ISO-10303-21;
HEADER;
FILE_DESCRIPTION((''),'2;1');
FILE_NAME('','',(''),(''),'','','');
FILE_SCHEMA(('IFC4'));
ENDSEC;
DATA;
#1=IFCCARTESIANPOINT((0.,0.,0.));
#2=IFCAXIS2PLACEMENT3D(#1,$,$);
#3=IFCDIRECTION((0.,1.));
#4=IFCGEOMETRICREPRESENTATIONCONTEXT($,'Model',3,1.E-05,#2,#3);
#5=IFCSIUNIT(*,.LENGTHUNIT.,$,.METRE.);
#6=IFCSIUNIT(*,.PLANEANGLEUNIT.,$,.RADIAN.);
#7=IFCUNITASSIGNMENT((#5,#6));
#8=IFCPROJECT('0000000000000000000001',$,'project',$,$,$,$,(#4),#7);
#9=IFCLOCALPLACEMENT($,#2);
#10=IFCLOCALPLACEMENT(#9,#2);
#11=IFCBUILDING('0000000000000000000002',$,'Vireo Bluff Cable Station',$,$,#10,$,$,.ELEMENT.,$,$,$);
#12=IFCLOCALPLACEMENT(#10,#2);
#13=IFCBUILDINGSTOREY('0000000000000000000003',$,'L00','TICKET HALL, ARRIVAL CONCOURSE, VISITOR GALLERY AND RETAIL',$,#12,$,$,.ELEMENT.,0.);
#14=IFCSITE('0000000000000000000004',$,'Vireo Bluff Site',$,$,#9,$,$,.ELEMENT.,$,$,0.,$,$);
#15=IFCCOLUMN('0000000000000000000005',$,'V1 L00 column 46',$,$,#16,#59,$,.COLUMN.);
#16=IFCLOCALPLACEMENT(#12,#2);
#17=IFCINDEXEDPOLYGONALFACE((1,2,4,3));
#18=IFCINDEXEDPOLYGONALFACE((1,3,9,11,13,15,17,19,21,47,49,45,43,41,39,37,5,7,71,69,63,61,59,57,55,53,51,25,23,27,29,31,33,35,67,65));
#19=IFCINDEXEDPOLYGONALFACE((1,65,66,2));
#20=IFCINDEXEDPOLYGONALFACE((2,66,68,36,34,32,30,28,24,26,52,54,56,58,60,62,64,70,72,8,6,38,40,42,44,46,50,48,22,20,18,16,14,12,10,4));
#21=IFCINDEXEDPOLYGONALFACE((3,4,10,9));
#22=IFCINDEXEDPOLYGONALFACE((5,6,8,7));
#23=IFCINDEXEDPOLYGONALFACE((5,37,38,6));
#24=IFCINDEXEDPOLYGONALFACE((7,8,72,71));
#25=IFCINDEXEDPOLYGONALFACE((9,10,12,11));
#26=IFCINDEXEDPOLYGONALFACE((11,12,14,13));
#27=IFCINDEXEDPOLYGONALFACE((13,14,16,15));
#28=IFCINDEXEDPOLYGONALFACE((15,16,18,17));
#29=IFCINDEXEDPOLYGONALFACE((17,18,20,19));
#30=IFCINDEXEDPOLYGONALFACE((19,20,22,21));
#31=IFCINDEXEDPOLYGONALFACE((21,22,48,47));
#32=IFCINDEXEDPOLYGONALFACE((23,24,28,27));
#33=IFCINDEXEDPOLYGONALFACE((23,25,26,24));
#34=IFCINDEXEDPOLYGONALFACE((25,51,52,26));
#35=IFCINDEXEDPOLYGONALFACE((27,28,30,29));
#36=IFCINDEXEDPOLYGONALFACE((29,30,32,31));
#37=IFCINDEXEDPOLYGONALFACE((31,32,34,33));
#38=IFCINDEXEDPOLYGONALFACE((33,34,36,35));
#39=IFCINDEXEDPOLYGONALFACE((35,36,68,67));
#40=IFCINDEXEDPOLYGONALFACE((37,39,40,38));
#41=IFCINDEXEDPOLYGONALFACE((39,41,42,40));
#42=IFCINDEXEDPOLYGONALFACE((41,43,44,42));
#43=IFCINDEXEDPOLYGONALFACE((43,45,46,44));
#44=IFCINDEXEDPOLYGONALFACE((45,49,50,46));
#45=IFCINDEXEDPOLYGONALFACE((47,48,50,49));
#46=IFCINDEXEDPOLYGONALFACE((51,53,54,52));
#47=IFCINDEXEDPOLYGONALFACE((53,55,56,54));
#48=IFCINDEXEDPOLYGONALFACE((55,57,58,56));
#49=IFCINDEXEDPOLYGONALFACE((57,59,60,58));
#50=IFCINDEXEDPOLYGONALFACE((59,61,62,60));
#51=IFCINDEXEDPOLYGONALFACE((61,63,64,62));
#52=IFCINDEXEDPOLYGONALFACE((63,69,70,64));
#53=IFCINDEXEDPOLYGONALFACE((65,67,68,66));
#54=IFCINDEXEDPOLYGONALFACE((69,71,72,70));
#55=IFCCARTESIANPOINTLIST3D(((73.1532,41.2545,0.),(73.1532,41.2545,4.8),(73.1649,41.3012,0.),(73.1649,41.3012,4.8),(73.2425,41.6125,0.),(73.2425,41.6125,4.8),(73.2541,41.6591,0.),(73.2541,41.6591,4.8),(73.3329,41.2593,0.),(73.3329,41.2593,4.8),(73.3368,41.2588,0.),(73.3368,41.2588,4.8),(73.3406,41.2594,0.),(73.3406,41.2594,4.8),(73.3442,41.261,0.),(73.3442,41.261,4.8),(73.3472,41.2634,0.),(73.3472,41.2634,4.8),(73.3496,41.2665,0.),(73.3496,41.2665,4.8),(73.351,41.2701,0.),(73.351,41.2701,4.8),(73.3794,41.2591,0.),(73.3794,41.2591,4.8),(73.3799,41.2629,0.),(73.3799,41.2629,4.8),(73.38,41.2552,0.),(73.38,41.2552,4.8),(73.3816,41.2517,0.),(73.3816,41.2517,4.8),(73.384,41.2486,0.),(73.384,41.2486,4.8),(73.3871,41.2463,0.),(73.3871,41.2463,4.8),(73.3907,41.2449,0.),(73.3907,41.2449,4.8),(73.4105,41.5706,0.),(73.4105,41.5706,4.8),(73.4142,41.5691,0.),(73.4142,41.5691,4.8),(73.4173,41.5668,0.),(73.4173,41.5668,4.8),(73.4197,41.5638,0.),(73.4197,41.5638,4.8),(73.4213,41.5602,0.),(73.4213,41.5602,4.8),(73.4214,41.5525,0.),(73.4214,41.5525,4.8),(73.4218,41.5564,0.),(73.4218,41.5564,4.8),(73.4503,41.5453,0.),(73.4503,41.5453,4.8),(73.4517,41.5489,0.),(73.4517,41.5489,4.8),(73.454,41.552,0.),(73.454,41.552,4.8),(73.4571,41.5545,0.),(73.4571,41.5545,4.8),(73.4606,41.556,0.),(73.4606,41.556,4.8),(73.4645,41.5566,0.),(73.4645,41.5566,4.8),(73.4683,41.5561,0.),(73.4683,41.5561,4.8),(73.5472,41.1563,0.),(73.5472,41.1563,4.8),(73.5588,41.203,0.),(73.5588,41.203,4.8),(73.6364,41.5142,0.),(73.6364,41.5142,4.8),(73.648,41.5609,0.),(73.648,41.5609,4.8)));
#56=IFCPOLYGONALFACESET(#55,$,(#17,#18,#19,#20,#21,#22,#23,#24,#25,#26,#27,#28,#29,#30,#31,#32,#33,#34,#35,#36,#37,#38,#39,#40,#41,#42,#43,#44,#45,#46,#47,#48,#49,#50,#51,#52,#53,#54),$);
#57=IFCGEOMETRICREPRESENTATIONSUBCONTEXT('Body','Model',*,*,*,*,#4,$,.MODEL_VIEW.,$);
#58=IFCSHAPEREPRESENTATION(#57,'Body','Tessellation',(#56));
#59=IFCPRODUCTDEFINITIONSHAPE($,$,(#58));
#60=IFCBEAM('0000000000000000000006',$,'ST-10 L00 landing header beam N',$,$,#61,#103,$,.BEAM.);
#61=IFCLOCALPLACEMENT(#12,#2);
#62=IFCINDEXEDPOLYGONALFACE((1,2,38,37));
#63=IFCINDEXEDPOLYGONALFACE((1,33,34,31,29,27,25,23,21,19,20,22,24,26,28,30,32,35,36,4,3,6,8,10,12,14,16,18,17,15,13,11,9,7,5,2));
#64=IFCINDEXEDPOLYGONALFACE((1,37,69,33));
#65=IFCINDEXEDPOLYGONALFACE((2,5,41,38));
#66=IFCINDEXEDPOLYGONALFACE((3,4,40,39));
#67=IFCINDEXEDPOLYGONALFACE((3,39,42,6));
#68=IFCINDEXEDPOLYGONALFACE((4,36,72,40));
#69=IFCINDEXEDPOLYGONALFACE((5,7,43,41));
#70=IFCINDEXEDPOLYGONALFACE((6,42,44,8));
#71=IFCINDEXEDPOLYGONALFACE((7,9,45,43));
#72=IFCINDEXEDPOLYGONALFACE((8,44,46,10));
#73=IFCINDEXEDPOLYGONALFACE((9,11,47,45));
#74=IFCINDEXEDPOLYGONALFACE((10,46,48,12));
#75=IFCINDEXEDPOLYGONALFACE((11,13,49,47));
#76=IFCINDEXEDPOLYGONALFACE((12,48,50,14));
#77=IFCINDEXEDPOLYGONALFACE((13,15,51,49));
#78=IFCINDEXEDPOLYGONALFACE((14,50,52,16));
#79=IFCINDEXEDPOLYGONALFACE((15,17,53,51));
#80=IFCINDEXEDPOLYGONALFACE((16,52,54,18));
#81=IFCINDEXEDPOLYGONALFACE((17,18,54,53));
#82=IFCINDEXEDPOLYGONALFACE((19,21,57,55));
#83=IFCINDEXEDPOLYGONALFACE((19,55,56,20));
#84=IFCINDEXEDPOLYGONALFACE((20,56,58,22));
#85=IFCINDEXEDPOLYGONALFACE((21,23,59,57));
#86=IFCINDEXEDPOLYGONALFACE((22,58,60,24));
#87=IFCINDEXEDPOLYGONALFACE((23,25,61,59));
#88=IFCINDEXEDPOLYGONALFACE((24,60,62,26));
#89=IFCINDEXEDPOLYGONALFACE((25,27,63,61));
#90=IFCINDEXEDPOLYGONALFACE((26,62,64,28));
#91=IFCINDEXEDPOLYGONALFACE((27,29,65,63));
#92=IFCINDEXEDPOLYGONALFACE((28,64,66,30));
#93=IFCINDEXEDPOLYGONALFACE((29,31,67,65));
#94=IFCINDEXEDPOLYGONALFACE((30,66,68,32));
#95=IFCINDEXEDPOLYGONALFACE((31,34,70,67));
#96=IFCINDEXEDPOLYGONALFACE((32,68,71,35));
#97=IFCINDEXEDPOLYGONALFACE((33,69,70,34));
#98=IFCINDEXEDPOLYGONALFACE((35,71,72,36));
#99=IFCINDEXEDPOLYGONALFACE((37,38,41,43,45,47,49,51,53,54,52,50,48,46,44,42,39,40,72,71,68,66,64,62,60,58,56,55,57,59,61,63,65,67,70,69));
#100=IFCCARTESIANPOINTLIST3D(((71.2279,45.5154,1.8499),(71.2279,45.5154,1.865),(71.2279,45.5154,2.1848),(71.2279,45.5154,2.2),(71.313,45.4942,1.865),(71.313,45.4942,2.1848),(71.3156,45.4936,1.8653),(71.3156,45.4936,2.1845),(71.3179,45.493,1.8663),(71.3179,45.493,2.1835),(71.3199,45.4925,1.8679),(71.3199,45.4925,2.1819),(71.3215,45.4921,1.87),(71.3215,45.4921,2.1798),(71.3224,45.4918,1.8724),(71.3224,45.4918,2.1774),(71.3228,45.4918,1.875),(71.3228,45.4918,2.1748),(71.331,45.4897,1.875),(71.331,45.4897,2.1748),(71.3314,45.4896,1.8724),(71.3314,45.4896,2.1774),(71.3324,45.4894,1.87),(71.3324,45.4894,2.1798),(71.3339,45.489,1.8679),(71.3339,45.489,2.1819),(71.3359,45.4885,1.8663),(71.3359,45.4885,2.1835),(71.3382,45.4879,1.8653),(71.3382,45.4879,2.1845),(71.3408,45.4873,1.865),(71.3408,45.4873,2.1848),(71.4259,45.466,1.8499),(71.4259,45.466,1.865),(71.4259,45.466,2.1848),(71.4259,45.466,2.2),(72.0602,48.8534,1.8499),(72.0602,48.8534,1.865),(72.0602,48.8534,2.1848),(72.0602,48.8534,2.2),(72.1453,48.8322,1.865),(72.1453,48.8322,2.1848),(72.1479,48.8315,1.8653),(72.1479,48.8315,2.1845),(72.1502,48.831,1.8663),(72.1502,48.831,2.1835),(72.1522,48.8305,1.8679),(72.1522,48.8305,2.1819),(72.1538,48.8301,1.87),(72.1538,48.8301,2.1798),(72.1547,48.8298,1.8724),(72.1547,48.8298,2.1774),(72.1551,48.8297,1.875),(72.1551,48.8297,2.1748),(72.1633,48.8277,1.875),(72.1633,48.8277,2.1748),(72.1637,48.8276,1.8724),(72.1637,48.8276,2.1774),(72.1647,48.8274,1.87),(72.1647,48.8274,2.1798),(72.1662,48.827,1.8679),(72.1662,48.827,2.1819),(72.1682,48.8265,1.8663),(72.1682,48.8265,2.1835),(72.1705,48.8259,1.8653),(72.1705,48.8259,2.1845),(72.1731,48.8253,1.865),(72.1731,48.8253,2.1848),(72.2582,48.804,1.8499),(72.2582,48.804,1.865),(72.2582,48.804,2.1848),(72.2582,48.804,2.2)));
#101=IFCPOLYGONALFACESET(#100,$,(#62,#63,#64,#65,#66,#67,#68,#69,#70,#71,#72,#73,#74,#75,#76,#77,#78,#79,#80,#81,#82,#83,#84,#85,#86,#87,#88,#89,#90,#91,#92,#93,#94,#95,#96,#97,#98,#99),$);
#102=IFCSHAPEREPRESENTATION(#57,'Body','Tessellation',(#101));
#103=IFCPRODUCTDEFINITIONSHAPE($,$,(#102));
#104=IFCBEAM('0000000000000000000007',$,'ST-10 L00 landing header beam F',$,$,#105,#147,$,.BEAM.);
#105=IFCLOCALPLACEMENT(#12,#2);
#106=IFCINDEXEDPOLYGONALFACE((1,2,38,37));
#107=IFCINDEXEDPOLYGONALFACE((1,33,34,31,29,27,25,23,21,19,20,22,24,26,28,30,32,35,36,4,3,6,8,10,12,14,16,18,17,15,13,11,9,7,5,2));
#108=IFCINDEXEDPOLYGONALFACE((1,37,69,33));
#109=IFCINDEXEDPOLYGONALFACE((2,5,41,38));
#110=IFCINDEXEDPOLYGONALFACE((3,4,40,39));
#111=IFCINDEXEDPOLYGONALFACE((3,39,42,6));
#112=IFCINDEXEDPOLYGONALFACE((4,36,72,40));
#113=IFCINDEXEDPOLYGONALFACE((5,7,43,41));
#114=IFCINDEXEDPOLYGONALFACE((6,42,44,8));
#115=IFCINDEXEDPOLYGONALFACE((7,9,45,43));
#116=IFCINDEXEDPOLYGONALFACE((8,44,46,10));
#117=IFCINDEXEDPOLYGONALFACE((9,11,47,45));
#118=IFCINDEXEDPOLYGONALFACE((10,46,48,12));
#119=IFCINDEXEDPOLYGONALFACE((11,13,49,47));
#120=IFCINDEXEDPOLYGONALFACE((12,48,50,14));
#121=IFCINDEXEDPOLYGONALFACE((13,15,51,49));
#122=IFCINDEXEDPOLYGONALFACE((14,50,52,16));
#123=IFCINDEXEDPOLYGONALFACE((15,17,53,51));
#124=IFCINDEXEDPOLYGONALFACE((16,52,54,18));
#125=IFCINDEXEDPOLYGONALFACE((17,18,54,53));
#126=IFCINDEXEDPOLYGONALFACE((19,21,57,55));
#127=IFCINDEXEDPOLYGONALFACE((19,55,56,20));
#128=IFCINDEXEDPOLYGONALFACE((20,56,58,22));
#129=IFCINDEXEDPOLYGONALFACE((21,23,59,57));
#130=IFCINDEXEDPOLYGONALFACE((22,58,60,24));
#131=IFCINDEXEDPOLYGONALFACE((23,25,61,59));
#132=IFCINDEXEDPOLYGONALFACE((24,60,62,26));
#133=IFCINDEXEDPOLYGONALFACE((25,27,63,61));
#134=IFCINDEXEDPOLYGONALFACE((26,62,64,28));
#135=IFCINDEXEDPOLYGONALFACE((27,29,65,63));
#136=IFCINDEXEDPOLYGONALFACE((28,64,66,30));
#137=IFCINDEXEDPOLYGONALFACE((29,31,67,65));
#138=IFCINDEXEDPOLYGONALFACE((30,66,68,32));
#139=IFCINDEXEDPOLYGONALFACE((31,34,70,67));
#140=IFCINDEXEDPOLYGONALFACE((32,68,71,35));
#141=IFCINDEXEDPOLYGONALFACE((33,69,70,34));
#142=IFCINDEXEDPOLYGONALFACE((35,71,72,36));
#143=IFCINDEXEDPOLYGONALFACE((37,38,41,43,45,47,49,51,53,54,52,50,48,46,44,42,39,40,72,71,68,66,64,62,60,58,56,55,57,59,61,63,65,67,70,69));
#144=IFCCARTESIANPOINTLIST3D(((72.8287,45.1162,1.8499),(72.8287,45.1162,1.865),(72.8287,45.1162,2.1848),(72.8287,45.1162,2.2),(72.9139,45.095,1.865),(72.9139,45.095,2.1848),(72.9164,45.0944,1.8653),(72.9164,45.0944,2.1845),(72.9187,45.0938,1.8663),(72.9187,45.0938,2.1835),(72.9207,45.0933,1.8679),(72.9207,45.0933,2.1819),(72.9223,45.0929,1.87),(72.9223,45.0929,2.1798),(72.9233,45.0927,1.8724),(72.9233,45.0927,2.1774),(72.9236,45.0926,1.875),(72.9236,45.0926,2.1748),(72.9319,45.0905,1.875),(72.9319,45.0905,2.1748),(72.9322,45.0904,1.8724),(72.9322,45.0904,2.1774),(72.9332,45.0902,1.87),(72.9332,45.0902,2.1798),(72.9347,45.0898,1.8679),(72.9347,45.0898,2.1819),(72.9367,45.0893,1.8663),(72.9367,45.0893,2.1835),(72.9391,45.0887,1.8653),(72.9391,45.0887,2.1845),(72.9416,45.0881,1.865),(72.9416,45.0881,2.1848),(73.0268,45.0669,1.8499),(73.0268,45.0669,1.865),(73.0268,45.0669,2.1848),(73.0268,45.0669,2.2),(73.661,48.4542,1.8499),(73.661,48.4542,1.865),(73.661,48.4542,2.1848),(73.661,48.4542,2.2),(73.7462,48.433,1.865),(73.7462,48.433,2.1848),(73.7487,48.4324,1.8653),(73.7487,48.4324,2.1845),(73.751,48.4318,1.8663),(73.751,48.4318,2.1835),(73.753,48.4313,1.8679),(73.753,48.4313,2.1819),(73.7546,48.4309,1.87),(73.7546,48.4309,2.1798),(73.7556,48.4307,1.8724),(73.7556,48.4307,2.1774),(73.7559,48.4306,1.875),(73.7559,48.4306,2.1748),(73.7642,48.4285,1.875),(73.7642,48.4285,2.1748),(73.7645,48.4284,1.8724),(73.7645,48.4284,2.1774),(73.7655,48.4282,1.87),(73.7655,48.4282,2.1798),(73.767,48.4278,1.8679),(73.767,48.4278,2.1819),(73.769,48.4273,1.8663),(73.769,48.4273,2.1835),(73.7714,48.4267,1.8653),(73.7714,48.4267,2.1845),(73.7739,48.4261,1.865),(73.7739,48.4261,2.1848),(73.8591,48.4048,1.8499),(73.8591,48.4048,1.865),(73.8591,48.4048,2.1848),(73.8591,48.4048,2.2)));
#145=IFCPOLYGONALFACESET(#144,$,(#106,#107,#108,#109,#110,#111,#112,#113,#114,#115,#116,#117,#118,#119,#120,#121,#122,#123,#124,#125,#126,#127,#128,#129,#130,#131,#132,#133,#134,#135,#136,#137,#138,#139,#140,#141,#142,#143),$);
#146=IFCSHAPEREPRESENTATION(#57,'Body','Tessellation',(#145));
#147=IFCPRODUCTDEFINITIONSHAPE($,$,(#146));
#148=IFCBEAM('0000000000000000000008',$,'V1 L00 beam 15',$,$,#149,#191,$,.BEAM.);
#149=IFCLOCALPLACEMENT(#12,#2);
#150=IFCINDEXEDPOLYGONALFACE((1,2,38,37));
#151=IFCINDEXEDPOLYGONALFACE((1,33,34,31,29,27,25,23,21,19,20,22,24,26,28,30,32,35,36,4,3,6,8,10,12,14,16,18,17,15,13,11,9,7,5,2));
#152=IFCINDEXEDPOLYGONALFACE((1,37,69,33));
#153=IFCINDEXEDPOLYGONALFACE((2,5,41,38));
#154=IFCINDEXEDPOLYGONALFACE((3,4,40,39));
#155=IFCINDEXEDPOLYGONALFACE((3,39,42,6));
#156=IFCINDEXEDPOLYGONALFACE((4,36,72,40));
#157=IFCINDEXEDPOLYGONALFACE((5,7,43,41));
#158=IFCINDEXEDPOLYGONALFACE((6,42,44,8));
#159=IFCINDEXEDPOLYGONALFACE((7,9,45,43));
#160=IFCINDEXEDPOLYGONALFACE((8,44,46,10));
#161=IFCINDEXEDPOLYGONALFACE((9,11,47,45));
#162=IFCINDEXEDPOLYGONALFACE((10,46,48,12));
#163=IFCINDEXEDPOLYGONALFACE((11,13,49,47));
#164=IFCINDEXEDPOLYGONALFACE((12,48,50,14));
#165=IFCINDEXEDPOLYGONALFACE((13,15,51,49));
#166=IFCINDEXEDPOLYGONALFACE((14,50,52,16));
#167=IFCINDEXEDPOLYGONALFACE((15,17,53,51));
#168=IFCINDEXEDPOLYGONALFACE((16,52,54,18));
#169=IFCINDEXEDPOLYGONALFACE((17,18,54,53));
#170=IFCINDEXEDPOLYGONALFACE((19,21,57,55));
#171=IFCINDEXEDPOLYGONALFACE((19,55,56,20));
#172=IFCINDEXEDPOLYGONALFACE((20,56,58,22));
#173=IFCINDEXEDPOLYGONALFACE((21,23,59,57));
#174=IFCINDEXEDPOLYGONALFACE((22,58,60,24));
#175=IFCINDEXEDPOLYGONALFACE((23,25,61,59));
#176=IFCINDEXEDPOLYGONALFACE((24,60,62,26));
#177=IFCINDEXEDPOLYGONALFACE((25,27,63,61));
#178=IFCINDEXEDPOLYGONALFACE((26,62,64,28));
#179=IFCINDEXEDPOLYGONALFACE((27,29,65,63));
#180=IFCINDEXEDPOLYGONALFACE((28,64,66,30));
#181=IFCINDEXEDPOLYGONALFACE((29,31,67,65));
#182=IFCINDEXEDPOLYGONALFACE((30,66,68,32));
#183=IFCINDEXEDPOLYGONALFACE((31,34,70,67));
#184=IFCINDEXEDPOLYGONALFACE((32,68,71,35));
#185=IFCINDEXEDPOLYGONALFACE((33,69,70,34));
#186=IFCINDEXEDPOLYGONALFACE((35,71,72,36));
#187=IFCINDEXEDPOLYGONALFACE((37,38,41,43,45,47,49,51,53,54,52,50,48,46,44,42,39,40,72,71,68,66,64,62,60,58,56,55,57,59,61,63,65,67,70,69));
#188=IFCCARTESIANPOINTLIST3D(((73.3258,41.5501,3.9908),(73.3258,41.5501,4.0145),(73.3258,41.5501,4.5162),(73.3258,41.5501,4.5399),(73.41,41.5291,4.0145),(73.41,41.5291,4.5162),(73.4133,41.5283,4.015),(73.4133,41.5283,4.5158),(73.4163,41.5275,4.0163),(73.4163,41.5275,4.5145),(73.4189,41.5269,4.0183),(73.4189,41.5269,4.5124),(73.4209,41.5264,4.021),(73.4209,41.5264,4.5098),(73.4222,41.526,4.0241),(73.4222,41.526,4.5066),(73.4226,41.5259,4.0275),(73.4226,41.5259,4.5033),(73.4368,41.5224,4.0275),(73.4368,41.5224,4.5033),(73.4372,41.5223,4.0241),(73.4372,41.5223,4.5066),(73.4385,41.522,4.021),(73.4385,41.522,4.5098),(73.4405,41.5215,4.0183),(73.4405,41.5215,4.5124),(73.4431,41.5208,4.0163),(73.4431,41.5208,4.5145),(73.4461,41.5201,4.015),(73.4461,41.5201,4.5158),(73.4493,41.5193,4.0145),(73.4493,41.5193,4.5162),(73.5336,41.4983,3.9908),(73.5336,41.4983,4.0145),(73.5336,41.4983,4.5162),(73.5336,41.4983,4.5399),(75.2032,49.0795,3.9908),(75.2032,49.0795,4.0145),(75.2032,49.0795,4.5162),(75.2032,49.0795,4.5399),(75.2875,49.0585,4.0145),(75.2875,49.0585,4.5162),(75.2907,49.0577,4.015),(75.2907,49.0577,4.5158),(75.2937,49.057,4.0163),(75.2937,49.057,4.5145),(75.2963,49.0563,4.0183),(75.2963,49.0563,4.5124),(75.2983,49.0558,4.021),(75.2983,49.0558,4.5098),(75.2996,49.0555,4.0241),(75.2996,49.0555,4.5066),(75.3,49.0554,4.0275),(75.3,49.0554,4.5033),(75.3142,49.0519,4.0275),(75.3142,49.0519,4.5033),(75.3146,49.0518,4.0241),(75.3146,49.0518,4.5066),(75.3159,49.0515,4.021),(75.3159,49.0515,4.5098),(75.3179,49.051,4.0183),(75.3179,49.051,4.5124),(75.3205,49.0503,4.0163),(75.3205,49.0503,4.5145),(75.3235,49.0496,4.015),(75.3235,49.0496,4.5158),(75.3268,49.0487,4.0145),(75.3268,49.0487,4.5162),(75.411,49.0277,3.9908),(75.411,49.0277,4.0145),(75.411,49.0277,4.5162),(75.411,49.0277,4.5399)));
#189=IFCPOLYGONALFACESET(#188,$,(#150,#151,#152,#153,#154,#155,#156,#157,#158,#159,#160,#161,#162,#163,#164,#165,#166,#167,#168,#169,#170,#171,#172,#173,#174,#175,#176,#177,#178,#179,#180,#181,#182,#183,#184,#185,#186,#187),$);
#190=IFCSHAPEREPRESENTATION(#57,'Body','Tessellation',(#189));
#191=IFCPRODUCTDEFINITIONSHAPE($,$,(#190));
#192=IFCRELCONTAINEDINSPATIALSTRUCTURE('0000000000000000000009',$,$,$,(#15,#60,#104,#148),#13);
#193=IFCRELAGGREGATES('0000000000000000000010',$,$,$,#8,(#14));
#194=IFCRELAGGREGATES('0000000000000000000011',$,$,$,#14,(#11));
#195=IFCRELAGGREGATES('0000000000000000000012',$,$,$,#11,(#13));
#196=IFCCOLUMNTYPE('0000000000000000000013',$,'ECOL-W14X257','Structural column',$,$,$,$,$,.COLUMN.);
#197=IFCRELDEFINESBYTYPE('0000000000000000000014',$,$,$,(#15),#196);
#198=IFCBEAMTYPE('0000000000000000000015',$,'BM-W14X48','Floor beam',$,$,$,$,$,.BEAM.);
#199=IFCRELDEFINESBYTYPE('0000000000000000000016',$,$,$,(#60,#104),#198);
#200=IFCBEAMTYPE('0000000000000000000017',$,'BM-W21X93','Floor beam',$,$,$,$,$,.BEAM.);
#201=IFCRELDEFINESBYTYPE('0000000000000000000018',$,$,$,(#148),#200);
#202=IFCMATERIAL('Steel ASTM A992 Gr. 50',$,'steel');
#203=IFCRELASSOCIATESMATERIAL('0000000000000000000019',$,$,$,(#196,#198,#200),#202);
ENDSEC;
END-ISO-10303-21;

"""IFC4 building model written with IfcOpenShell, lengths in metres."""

from ifc_helpers import new_model, si_unit, direction, frame, origin, origin_2d, place, context, subcontext, project, spatial, i_section, extrude, material, material_profile, profile_set, type_object, element, save


model = new_model("IFC4")

# Units and contexts
model_context = context("Model", 3, precision=1e-05, world=origin(), true_north=direction((0.0, 1.0)))
body_context = subcontext(model_context, "Body", "Model", "MODEL_VIEW")
ifc_project = project(units=[si_unit("LENGTHUNIT", "METRE"), si_unit("PLANEANGLEUNIT", "RADIAN")], contexts=[model_context])

# Site, building, storey
site_placement = place(None, origin())
site = spatial("IfcSite", under=ifc_project, at=site_placement, Name="Vireo Bluff Site", CompositionType="ELEMENT", RefElevation=0.0)
building_placement = place(site_placement, origin())
building = spatial("IfcBuilding", under=site, at=building_placement, Name="Vireo Bluff Cable Station", CompositionType="ELEMENT")
storey_placement = place(building_placement, origin())
storey = spatial("IfcBuildingStorey", under=building, at=storey_placement, Name="L00", Description="TICKET HALL, ARRIVAL CONCOURSE, VISITOR GALLERY AND RETAIL", CompositionType="ELEMENT", Elevation=0.0)

# Column
ifc_material_1 = material(Name="Steel ASTM A992 Gr. 50", Category="steel")
ifc_material_profile_1 = material_profile(ifc_material_1, i_section(OverallWidth=0.406, OverallDepth=0.417, WebThickness=0.0298, FlangeThickness=0.0481, FilletRadius=0.0149, at=origin_2d()), Name="W14X257")
ifc_profile_set_1 = profile_set([ifc_material_profile_1], Name="Steel ASTM A992 Gr. 50")
column_type_1 = type_object("IfcColumnType", Name="ECOL-W14X257", Description="Structural column", PredefinedType="COLUMN", material=ifc_profile_set_1)
column_placement = place(storey_placement, frame((73.4006, 41.4077, 0.0), z_axis=(0.0, 0.0, 1.0), x_axis=(0.970296, -0.241922, 0.0)))
element("IfcColumn", 1, at=column_placement, inside=storey, type_object=column_type_1, Name="V1 L00 column 46", PredefinedType="COLUMN", context=body_context, shape_type="SweptSolid", body=[
    extrude(i_section(OverallWidth=0.406, OverallDepth=0.417, WebThickness=0.0298, FlangeThickness=0.0481, FilletRadius=0.0149, at=origin_2d()), origin(), (0.0, 0.0, 1.0), 4.8),
])

# Beams
ifc_material_profile_2 = material_profile(ifc_material_1, i_section(OverallWidth=0.2041, OverallDepth=0.3501, WebThickness=0.0085, FlangeThickness=0.0151, FilletRadius=0.01, at=origin_2d()), Name="W14X48")
ifc_profile_set_2 = profile_set([ifc_material_profile_2], Name="Steel ASTM A992 Gr. 50")
beam_type_1 = type_object("IfcBeamType", Name="BM-W14X48", Description="Floor beam", PredefinedType="BEAM", material=ifc_profile_set_2)
for number, where, z_axis, x_axis, name in (
    (2, (71.3269, 45.4907, 2.0249), (0.241934, 0.970293, 0.0), (-0.970293, 0.241934, 0.0), "ST-10 L00 landing header beam N"),
    (3, (72.9277, 45.0916, 2.0249), (0.241934, 0.970293, 0.0), (-0.970293, 0.241934, 0.0), "ST-10 L00 landing header beam F"),
):
    element("IfcBeam", number, at=place(storey_placement, frame(where, z_axis=z_axis, x_axis=x_axis)), inside=storey, type_object=beam_type_1, Name=name, PredefinedType="BEAM", context=body_context, shape_type="SweptSolid", body=[
        extrude(i_section(OverallWidth=0.2041, OverallDepth=0.3501, WebThickness=0.0085, FlangeThickness=0.0151, FilletRadius=0.01, at=origin_2d()), origin(), (0.0, 0.0, 1.0), 3.4402),
    ])
ifc_material_profile_3 = material_profile(ifc_material_1, i_section(OverallWidth=0.2141, OverallDepth=0.5491, WebThickness=0.0146, FlangeThickness=0.0237, FilletRadius=0.0129, at=origin_2d()), Name="W21X93")
ifc_profile_set_3 = profile_set([ifc_material_profile_3], Name="Steel ASTM A992 Gr. 50")
beam_type_2 = type_object("IfcBeamType", Name="BM-W21X93", Description="Floor beam", PredefinedType="BEAM", material=ifc_profile_set_3)
beam_placement = place(storey_placement, frame((73.4297, 41.5242, 4.2654), z_axis=(0.241936, 0.970292, 0.0), x_axis=(-0.970292, 0.241936, 0.0)))
element("IfcBeam", 4, at=beam_placement, inside=storey, type_object=beam_type_2, Name="V1 L00 beam 15", PredefinedType="BEAM", context=body_context, shape_type="SweptSolid", body=[
    extrude(i_section(OverallWidth=0.2141, OverallDepth=0.5491, WebThickness=0.0146, FlangeThickness=0.0237, FilletRadius=0.0129, at=origin_2d()), origin(), (0.0, 0.0, 1.0), 7.76),
])

save(model, "model.ifc")
